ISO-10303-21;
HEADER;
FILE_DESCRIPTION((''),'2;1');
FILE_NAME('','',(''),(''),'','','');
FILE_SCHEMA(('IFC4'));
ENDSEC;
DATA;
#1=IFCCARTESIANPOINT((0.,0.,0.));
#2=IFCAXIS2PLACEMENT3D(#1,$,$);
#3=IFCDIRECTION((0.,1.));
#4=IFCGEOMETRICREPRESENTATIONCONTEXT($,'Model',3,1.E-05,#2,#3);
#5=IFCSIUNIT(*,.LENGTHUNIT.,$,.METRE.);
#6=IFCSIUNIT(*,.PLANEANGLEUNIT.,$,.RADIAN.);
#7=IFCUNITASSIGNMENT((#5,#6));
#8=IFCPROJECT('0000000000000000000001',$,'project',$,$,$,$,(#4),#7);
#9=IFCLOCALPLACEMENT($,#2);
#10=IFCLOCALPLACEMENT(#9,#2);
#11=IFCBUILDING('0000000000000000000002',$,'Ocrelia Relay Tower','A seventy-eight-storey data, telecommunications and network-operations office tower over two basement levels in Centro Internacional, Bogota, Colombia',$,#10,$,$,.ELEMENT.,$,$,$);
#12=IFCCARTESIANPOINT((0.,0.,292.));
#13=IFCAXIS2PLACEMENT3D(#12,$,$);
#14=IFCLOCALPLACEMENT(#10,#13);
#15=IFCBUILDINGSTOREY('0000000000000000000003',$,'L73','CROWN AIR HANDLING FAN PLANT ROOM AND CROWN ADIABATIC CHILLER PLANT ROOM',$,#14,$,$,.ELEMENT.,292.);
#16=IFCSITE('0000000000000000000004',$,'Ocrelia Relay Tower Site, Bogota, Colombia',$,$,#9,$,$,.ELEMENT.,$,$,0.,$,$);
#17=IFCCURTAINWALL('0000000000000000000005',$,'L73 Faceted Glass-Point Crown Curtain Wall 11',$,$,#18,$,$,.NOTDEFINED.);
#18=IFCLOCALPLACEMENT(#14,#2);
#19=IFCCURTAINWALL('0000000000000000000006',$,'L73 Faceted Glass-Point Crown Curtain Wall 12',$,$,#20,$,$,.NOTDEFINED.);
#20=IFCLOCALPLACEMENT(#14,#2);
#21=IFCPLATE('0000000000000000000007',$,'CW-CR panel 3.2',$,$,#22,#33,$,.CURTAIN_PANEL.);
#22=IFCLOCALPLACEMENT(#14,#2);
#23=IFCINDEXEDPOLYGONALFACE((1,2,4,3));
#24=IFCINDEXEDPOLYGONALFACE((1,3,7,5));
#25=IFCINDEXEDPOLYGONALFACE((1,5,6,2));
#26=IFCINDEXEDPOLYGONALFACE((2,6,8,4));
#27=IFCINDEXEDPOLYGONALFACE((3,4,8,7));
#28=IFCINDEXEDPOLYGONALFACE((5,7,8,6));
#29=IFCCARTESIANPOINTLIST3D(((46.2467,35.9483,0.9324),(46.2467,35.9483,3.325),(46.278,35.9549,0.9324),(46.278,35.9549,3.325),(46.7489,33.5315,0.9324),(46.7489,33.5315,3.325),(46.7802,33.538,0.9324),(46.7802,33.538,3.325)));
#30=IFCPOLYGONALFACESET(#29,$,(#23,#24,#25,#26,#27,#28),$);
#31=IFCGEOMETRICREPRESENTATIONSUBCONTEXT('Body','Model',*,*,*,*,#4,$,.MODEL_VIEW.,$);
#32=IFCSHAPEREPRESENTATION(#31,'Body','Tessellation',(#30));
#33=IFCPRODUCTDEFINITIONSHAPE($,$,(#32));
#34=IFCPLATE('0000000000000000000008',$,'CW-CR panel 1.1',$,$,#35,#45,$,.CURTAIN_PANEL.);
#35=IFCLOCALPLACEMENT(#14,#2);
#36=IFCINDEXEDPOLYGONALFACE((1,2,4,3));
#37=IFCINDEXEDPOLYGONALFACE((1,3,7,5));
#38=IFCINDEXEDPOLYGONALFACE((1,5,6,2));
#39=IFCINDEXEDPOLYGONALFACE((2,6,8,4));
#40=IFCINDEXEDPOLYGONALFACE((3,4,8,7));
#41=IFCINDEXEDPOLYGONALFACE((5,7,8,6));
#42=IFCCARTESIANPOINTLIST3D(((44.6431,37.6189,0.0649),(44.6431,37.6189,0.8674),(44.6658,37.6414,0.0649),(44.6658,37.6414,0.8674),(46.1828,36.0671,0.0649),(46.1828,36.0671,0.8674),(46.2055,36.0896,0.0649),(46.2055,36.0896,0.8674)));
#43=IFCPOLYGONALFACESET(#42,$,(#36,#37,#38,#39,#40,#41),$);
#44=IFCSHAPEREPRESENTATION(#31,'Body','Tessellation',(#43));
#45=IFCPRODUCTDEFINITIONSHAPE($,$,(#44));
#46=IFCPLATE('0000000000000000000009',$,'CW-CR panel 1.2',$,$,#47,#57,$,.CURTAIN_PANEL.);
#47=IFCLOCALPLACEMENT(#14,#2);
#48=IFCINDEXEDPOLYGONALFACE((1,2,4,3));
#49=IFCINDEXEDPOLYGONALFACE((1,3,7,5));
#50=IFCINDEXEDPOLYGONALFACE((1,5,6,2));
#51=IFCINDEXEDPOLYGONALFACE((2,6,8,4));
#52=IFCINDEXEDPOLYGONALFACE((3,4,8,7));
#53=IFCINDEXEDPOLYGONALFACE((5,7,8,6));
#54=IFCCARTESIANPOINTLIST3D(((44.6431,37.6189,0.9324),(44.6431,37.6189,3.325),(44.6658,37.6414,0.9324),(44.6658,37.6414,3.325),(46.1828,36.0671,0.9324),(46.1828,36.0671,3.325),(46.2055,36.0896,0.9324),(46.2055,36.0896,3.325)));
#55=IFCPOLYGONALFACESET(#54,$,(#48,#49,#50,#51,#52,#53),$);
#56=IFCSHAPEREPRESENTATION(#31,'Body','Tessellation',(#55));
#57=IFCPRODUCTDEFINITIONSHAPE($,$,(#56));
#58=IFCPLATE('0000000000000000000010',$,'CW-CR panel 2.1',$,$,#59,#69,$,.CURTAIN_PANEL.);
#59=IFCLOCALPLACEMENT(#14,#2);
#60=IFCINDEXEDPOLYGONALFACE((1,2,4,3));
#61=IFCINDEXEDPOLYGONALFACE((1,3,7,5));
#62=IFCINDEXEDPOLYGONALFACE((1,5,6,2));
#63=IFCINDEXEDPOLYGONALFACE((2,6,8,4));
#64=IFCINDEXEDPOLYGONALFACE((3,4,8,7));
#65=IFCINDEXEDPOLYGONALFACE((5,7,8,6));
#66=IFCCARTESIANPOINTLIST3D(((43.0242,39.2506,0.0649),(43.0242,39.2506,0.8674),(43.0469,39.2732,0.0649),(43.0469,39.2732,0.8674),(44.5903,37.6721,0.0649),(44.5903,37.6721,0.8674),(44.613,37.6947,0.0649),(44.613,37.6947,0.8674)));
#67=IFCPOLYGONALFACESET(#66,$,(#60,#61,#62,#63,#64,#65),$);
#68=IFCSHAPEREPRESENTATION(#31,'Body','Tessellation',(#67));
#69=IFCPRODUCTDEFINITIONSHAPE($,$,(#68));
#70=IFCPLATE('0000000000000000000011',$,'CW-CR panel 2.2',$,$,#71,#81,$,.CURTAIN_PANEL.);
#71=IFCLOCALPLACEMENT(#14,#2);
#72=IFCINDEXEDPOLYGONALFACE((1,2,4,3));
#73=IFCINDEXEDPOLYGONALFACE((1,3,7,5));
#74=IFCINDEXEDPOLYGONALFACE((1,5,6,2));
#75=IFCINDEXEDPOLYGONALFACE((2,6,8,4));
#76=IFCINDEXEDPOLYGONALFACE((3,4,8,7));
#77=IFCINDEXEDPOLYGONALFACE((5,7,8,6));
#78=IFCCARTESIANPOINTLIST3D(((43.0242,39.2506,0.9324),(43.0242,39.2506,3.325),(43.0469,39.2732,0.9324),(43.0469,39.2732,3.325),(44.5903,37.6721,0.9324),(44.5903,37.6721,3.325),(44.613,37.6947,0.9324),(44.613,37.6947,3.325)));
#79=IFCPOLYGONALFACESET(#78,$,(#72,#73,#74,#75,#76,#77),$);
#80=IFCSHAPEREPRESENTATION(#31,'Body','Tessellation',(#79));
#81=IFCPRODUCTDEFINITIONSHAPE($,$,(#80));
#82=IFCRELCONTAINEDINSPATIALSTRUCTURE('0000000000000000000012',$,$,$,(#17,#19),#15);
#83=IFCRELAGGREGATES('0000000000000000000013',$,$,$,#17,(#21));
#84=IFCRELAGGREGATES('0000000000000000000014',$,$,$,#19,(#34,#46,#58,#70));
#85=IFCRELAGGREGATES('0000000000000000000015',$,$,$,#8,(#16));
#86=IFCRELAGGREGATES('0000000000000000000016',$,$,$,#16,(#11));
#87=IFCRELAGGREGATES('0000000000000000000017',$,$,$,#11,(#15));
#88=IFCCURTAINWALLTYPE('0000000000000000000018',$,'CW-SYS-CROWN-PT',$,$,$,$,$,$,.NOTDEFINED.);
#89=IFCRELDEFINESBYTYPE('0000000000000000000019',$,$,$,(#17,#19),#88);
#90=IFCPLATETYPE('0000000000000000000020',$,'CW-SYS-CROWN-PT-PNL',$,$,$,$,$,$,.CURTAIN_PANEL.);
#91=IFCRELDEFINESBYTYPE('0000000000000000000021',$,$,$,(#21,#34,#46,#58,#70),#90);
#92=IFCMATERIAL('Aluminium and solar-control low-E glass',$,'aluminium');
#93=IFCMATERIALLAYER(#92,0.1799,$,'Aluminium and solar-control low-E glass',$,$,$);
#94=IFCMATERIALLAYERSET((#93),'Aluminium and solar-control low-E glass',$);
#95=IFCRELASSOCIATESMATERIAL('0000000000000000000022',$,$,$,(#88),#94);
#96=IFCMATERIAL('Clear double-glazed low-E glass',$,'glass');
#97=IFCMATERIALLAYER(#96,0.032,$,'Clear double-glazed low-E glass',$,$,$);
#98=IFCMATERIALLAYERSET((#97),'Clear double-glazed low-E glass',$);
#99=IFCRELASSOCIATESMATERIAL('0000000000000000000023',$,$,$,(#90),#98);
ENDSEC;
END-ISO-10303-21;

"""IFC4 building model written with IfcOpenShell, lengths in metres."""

from ifc_helpers import new_model, si_unit, direction, frame, origin, origin_2d, place, context, subcontext, project, spatial, rectangle, extrude, material, layer, layer_set, type_object, element, aggregate, save


model = new_model("IFC4")

# Units and contexts
model_context = context("Model", 3, precision=1e-05, world=origin(), true_north=direction((0.0, 1.0)))
body_context = subcontext(model_context, "Body", "Model", "MODEL_VIEW")
ifc_project = project(units=[si_unit("LENGTHUNIT", "METRE"), si_unit("PLANEANGLEUNIT", "RADIAN")], contexts=[model_context])

# Site, building, storey
site_placement = place(None, origin())
site = spatial("IfcSite", under=ifc_project, at=site_placement, Name="Ocrelia Relay Tower Site, Bogota, Colombia", CompositionType="ELEMENT", RefElevation=0.0)
building_placement = place(site_placement, origin())
building = spatial("IfcBuilding", under=site, at=building_placement, Name="Ocrelia Relay Tower", Description="A seventy-eight-storey data, telecommunications and network-operations office tower over two basement levels in Centro Internacional, Bogota, Colombia", CompositionType="ELEMENT")
storey_placement = place(building_placement, frame((0.0, 0.0, 292.0)))
storey = spatial("IfcBuildingStorey", under=building, at=storey_placement, Name="L73", Description="CROWN AIR HANDLING FAN PLANT ROOM AND CROWN ADIABATIC CHILLER PLANT ROOM", CompositionType="ELEMENT", Elevation=292.0)

# Curtain walls
ifc_material_1 = material(Name="Aluminium and solar-control low-E glass", Category="aluminium")
ifc_layer_1 = layer(ifc_material_1, 0.1799, Name="Aluminium and solar-control low-E glass")
ifc_layer_set_1 = layer_set([ifc_layer_1], Name="Aluminium and solar-control low-E glass")
curtain_wall_type = type_object("IfcCurtainWallType", Name="CW-SYS-CROWN-PT", PredefinedType="NOTDEFINED", material=ifc_layer_set_1)
curtain_wall_1_placement = place(storey_placement, origin())
curtain_wall_1 = element("IfcCurtainWall", 1, at=curtain_wall_1_placement, inside=storey, type_object=curtain_wall_type, Name="L73 Faceted Glass-Point Crown Curtain Wall 11", PredefinedType="NOTDEFINED")
curtain_wall_2_placement = place(storey_placement, origin())
curtain_wall_2 = element("IfcCurtainWall", 2, at=curtain_wall_2_placement, inside=storey, type_object=curtain_wall_type, Name="L73 Faceted Glass-Point Crown Curtain Wall 12", PredefinedType="NOTDEFINED")

# Plates
ifc_material_2 = material(Name="Clear double-glazed low-E glass", Category="glass")
ifc_layer_2 = layer(ifc_material_2, 0.032, Name="Clear double-glazed low-E glass")
ifc_layer_set_2 = layer_set([ifc_layer_2], Name="Clear double-glazed low-E glass")
plate_type = type_object("IfcPlateType", Name="CW-SYS-CROWN-PT-PNL", PredefinedType="CURTAIN_PANEL", material=ifc_layer_set_2)
plate_1_placement = place(storey_placement, frame((46.5134, 34.7432, 0.9324), z_axis=(0.0, 0.0, 1.0), x_axis=(-0.203457, 0.979084, 0.0)))
plate_1 = element("IfcPlate", 3, at=plate_1_placement, type_object=plate_type, Name="CW-CR panel 3.2", PredefinedType="CURTAIN_PANEL", context=body_context, shape_type="SweptSolid", body=[
    extrude(rectangle(XDim=2.4685, YDim=0.032, at=origin_2d()), origin(), (0.0, 0.0, 1.0), 2.3926),
])
aggregate(curtain_wall_1, [plate_1])
plate_2_placement = place(storey_placement, frame((45.4243, 36.8542, 0.0649), z_axis=(0.0, 0.0, 1.0), x_axis=(-0.704332, 0.709871, 0.0)))
plate_2 = element("IfcPlate", 4, at=plate_2_placement, type_object=plate_type, Name="CW-CR panel 1.1", PredefinedType="CURTAIN_PANEL", context=body_context, shape_type="SweptSolid", body=[
    extrude(rectangle(XDim=2.186, YDim=0.032, at=origin_2d()), origin(), (0.0, 0.0, 1.0), 0.8025),
])
plate_3_placement = place(storey_placement, frame((45.4243, 36.8542, 0.9324), z_axis=(0.0, 0.0, 1.0), x_axis=(-0.704332, 0.709871, 0.0)))
plate_3 = element("IfcPlate", 5, at=plate_3_placement, type_object=plate_type, Name="CW-CR panel 1.2", PredefinedType="CURTAIN_PANEL", context=body_context, shape_type="SweptSolid", body=[
    extrude(rectangle(XDim=2.186, YDim=0.032, at=origin_2d()), origin(), (0.0, 0.0, 1.0), 2.3926),
])
plate_4_placement = place(storey_placement, frame((43.8186, 38.4727, 0.0649), z_axis=(0.0, 0.0, 1.0), x_axis=(-0.704332, 0.709871, 0.0)))
plate_4 = element("IfcPlate", 6, at=plate_4_placement, type_object=plate_type, Name="CW-CR panel 2.1", PredefinedType="CURTAIN_PANEL", context=body_context, shape_type="SweptSolid", body=[
    extrude(rectangle(XDim=2.2236, YDim=0.032, at=origin_2d()), origin(), (0.0, 0.0, 1.0), 0.8025),
])
plate_5_placement = place(storey_placement, frame((43.8186, 38.4727, 0.9324), z_axis=(0.0, 0.0, 1.0), x_axis=(-0.704332, 0.709871, 0.0)))
plate_5 = element("IfcPlate", 7, at=plate_5_placement, type_object=plate_type, Name="CW-CR panel 2.2", PredefinedType="CURTAIN_PANEL", context=body_context, shape_type="SweptSolid", body=[
    extrude(rectangle(XDim=2.2236, YDim=0.032, at=origin_2d()), origin(), (0.0, 0.0, 1.0), 2.3926),
])
aggregate(curtain_wall_2, [plate_2, plate_3, plate_4, plate_5])

save(model, "model.ifc")
